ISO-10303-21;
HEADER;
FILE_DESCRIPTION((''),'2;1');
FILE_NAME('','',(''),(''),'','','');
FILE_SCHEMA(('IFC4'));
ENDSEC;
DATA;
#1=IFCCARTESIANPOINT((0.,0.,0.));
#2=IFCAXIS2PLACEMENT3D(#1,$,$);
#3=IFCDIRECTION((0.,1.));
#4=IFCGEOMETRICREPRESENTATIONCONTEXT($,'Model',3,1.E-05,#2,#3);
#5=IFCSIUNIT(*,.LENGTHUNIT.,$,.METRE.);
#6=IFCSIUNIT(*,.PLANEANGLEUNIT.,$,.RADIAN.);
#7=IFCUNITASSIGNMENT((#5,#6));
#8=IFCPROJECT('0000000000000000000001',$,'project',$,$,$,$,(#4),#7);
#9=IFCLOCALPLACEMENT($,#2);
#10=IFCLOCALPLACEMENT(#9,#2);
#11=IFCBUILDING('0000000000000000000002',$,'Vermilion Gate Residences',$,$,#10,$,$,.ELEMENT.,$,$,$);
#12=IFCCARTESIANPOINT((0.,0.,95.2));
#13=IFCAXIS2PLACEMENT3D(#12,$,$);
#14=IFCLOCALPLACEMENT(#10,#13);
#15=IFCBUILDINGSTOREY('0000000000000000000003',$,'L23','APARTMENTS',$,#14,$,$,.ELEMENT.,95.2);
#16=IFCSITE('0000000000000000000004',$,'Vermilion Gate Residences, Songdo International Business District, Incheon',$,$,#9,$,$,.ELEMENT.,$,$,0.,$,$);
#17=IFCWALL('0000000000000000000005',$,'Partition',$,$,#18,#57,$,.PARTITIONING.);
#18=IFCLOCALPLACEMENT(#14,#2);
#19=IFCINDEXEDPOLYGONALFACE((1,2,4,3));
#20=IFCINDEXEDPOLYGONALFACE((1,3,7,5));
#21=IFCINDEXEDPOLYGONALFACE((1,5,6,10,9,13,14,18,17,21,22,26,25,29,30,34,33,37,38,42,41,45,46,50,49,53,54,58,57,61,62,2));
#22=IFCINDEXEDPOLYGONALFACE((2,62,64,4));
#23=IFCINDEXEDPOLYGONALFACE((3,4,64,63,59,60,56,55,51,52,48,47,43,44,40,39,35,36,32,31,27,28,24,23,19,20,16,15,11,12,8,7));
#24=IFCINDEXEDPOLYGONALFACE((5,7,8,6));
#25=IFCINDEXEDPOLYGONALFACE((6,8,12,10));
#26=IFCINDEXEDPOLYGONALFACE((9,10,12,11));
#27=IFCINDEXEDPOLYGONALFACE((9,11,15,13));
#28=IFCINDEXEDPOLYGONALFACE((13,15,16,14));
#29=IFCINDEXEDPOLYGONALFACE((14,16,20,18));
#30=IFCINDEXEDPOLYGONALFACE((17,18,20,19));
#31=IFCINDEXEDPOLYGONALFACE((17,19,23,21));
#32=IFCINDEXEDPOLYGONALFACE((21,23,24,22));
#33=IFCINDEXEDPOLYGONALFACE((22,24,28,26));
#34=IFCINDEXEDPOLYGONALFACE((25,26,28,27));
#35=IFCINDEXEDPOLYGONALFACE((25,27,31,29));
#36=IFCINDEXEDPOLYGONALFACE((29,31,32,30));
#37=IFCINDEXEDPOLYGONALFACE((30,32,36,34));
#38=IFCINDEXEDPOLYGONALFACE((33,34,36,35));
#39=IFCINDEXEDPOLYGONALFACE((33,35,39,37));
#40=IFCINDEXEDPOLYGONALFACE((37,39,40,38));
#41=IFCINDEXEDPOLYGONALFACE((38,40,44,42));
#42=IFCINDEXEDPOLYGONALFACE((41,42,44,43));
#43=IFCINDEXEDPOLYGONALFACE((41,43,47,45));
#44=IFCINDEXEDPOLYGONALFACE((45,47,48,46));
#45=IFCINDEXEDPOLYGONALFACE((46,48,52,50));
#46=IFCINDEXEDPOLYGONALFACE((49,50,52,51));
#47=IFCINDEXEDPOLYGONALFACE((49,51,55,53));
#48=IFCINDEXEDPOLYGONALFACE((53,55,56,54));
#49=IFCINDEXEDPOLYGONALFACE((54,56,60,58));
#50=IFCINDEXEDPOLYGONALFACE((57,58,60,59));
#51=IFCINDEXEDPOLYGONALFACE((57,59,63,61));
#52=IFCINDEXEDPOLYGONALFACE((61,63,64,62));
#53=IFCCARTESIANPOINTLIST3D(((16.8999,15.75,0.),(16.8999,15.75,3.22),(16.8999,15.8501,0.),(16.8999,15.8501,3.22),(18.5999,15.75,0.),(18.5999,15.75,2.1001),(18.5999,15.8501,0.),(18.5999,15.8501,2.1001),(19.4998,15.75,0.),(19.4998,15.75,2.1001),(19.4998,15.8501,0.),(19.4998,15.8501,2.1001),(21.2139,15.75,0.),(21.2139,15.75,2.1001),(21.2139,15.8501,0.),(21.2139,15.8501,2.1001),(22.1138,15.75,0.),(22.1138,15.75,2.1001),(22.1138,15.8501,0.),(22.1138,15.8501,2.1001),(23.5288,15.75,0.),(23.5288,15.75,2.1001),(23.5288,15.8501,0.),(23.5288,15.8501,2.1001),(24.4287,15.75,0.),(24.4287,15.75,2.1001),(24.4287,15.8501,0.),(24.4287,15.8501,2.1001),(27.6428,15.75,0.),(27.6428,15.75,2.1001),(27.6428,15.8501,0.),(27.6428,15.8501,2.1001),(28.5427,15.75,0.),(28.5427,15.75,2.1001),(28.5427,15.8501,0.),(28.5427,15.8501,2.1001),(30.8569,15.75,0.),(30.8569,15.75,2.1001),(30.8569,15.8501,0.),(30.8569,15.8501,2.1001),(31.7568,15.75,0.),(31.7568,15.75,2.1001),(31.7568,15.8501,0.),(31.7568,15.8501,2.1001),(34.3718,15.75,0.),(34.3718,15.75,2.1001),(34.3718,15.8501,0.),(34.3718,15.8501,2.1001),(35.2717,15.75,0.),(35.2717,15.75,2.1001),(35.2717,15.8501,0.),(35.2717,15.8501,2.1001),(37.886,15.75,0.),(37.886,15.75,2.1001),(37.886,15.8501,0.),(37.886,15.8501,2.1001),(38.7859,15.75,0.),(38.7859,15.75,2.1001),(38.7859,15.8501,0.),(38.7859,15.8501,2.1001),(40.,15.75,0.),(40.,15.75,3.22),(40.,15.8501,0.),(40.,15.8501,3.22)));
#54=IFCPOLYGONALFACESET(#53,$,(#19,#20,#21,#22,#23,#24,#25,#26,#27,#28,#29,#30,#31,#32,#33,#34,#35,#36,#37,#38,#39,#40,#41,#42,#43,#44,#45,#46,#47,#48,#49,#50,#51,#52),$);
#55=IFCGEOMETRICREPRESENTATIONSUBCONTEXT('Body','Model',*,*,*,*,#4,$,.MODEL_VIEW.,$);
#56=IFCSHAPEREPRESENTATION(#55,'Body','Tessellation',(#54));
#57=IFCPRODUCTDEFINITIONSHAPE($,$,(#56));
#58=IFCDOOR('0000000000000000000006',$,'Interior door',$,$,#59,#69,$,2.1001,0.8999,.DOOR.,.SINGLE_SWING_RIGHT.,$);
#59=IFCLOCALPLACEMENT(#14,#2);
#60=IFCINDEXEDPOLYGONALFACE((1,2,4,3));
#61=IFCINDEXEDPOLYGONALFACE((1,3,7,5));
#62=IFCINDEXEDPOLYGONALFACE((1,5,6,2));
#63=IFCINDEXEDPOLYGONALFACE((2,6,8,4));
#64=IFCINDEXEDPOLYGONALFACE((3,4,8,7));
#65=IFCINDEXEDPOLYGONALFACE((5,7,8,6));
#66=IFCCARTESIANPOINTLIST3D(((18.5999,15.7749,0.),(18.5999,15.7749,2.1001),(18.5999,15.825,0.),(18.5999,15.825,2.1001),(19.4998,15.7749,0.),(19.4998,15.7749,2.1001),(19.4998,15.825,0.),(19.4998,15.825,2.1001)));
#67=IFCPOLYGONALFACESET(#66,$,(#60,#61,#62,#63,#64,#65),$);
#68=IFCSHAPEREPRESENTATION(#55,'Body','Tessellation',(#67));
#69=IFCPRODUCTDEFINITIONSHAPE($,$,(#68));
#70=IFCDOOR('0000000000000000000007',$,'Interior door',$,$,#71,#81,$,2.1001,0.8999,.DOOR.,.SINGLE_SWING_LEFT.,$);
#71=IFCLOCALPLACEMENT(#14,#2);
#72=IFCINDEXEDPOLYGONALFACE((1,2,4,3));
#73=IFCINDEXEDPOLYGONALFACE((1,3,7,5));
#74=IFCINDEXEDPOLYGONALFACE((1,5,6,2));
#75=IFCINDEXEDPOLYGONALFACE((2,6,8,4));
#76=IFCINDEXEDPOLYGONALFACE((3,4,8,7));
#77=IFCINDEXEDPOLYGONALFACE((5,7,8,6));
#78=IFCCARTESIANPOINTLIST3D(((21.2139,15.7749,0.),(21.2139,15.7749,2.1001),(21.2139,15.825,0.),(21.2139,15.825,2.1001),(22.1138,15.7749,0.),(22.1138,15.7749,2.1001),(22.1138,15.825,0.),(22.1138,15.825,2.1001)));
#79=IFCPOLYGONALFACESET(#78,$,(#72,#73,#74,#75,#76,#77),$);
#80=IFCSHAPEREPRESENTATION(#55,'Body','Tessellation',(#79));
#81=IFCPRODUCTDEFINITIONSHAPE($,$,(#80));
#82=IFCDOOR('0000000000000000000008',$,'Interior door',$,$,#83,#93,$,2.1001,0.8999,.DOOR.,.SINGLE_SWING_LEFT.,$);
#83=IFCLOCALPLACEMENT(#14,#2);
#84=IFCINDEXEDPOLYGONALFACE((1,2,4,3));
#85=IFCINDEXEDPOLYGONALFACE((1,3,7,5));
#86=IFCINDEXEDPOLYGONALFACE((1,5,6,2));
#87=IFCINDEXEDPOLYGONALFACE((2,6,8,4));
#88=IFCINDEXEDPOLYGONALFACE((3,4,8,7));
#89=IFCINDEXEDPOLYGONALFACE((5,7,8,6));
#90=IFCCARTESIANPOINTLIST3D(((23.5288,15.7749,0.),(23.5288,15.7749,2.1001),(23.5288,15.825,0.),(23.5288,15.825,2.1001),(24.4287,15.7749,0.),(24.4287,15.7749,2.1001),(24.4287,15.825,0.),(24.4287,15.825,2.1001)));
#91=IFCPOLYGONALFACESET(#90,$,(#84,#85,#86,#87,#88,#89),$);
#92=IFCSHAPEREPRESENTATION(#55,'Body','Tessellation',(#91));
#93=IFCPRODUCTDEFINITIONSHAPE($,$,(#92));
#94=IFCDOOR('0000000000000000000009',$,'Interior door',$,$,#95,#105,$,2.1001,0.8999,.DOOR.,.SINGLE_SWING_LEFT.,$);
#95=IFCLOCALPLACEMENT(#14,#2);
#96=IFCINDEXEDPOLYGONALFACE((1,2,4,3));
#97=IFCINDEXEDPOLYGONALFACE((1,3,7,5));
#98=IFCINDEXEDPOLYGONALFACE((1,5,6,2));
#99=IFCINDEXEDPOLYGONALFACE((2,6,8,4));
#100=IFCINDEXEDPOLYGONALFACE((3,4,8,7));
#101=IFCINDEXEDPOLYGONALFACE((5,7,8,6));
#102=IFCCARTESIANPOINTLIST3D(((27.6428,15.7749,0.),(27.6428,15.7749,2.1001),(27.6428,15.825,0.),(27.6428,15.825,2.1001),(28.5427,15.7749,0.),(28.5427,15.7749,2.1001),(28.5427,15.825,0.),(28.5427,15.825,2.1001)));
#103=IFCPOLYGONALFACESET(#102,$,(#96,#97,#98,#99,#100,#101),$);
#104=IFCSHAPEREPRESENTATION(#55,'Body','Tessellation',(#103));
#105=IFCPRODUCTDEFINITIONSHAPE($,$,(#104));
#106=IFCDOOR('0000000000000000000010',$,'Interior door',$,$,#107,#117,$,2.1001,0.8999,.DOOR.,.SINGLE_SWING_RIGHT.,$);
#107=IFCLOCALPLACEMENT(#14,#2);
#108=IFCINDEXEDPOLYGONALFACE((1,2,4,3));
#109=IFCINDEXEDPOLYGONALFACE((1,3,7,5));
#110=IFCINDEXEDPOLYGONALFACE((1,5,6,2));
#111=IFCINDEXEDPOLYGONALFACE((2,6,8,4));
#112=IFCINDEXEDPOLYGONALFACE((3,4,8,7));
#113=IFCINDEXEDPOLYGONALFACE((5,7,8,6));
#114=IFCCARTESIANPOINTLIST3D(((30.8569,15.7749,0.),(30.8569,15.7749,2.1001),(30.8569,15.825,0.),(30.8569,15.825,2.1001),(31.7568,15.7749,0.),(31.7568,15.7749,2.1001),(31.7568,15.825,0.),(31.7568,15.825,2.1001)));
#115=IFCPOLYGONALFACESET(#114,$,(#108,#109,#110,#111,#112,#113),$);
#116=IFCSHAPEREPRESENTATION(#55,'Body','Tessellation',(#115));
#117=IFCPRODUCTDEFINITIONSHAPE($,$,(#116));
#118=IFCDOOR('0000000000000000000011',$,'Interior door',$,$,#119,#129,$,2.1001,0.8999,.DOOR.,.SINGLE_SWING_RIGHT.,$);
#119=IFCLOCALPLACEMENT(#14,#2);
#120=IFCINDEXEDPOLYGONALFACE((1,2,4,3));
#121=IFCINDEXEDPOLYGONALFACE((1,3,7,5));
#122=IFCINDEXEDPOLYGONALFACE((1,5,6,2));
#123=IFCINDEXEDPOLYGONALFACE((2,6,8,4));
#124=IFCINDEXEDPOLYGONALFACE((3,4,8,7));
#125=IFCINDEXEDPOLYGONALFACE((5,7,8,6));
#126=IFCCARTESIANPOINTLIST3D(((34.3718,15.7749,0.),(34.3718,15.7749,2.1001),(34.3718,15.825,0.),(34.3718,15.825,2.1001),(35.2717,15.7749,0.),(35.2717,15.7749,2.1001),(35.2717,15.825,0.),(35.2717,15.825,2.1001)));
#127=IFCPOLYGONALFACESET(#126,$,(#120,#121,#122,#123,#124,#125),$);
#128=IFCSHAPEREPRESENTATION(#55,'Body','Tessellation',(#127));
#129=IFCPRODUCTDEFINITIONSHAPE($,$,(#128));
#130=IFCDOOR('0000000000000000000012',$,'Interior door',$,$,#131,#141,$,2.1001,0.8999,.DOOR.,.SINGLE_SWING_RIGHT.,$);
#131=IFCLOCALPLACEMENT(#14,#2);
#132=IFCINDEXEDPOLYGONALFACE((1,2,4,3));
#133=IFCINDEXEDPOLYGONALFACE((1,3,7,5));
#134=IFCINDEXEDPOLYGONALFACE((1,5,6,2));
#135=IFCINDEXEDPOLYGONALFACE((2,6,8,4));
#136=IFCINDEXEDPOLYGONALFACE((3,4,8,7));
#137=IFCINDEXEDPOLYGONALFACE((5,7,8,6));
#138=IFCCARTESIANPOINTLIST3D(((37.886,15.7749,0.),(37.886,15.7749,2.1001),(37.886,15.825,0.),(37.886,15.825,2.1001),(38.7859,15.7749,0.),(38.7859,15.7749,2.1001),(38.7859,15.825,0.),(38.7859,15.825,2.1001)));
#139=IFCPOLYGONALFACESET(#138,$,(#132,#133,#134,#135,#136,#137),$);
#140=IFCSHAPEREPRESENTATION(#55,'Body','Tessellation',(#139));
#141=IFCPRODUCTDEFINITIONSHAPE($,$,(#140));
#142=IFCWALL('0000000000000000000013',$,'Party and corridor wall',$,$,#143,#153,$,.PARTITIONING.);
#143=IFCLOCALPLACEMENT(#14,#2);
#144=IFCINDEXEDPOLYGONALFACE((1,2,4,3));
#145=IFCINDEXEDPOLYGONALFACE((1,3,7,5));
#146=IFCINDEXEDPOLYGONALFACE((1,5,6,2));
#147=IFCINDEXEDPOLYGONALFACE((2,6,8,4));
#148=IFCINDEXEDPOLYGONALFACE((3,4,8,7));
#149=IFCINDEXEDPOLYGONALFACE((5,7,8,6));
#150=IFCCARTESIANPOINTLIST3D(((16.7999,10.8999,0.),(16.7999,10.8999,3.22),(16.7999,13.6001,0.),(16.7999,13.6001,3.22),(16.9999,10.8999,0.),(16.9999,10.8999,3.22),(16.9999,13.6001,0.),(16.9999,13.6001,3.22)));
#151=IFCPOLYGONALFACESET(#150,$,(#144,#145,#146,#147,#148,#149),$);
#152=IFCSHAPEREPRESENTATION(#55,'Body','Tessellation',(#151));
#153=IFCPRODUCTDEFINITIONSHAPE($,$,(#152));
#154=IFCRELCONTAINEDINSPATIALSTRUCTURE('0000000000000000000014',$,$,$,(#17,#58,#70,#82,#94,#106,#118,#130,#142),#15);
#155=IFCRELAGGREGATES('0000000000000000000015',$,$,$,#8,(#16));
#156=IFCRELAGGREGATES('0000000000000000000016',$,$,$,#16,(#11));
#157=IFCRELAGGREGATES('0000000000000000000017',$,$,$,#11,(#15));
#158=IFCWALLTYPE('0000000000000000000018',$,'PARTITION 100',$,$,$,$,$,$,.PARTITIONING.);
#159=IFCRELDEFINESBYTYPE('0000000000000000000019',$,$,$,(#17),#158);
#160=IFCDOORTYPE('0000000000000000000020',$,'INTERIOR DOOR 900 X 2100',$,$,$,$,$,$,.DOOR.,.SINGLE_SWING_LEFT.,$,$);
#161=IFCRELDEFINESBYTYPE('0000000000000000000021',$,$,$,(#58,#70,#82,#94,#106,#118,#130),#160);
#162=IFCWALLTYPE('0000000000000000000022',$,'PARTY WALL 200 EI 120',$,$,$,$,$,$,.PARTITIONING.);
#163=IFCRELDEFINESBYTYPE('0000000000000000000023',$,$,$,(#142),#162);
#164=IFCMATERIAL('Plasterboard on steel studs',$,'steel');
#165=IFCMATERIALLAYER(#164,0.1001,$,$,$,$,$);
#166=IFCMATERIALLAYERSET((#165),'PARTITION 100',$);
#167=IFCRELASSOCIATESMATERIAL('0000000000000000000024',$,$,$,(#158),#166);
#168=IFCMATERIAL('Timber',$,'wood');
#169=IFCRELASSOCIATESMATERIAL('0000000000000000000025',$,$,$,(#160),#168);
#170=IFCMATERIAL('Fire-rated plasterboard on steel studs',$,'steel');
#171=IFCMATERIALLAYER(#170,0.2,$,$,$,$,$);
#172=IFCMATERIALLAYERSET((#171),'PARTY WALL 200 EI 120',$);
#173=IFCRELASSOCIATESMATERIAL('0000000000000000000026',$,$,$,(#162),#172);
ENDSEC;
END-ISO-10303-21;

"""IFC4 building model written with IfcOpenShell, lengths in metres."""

from ifc_helpers import new_model, si_unit, direction, frame, frame_2d, origin, place, context, subcontext, project, spatial, rectangle, extrude, material, layer, layer_set, type_object, element, fill, save


model = new_model("IFC4")

# Units and contexts
model_context = context("Model", 3, precision=1e-05, world=origin(), true_north=direction((0.0, 1.0)))
body_context = subcontext(model_context, "Body", "Model", "MODEL_VIEW")
ifc_project = project(units=[si_unit("LENGTHUNIT", "METRE"), si_unit("PLANEANGLEUNIT", "RADIAN")], contexts=[model_context])

# Site, building, storey
site_placement = place(None, origin())
site = spatial("IfcSite", under=ifc_project, at=site_placement, Name="Vermilion Gate Residences, Songdo International Business District, Incheon", CompositionType="ELEMENT", RefElevation=0.0)
building_placement = place(site_placement, origin())
building = spatial("IfcBuilding", under=site, at=building_placement, Name="Vermilion Gate Residences", CompositionType="ELEMENT")
storey_placement = place(building_placement, frame((0.0, 0.0, 95.2)))
storey = spatial("IfcBuildingStorey", under=building, at=storey_placement, Name="L23", Description="APARTMENTS", CompositionType="ELEMENT", Elevation=95.2)

# Wall, openings, doors
ifc_material_1 = material(Name="Plasterboard on steel studs", Category="steel")
ifc_layer_1 = layer(ifc_material_1, 0.1001)
ifc_layer_set_1 = layer_set([ifc_layer_1], Name="PARTITION 100")
wall_type_1 = type_object("IfcWallType", Name="PARTITION 100", PredefinedType="PARTITIONING", material=ifc_layer_set_1)
ifc_material_2 = material(Name="Timber", Category="wood")
door_type_1 = type_object("IfcDoorType", Name="INTERIOR DOOR 900 X 2100", OperationType="SINGLE_SWING_LEFT", PredefinedType="DOOR", material=ifc_material_2)
wall_1_placement = place(storey_placement, frame((16.8999, 15.8, 0.0), z_axis=(0.0, 0.0, 1.0), x_axis=(1.0, 0.0, 0.0)))
wall_1 = element("IfcWall", 1, at=wall_1_placement, inside=storey, type_object=wall_type_1, Name="Partition", PredefinedType="PARTITIONING", context=body_context, shape_type="SweptSolid", body=[
    extrude(rectangle(XDim=23.1001, YDim=0.1001, at=frame_2d((11.55, 0.0))), origin(), (0.0, 0.0, 1.0), 3.22),
])
opening_1_placement = place(wall_1_placement, frame((1.7, 0.0, 0.0)))
opening_1 = element("IfcOpeningElement", 2, at=opening_1_placement, cuts=wall_1, PredefinedType="OPENING", context=body_context, shape_type="SweptSolid", body=[
    extrude(rectangle(XDim=0.8999, YDim=2.1001, at=frame_2d((0.45, 1.05))), frame((0.0, 0.0601, 0.0), z_axis=(0.0, -1.0, 0.0), x_axis=(1.0, 0.0, 0.0)), (0.0, 0.0, 1.0), 0.1201),
])
opening_2_placement = place(wall_1_placement, frame((4.314, 0.0, 0.0)))
opening_2 = element("IfcOpeningElement", 3, at=opening_2_placement, cuts=wall_1, PredefinedType="OPENING", context=body_context, shape_type="SweptSolid", body=[
    extrude(rectangle(XDim=0.8999, YDim=2.1001, at=frame_2d((0.45, 1.05))), frame((0.0, 0.0601, 0.0), z_axis=(0.0, -1.0, 0.0), x_axis=(1.0, 0.0, 0.0)), (0.0, 0.0, 1.0), 0.1201),
])
opening_3_placement = place(wall_1_placement, frame((6.6289, 0.0, 0.0)))
opening_3 = element("IfcOpeningElement", 4, at=opening_3_placement, cuts=wall_1, PredefinedType="OPENING", context=body_context, shape_type="SweptSolid", body=[
    extrude(rectangle(XDim=0.8999, YDim=2.1001, at=frame_2d((0.45, 1.05))), frame((0.0, 0.0601, 0.0), z_axis=(0.0, -1.0, 0.0), x_axis=(1.0, 0.0, 0.0)), (0.0, 0.0, 1.0), 0.1201),
])
opening_4_placement = place(wall_1_placement, frame((10.7429, 0.0, 0.0)))
opening_4 = element("IfcOpeningElement", 5, at=opening_4_placement, cuts=wall_1, PredefinedType="OPENING", context=body_context, shape_type="SweptSolid", body=[
    extrude(rectangle(XDim=0.8999, YDim=2.1001, at=frame_2d((0.45, 1.05))), frame((0.0, 0.0601, 0.0), z_axis=(0.0, -1.0, 0.0), x_axis=(1.0, 0.0, 0.0)), (0.0, 0.0, 1.0), 0.1201),
])
opening_5_placement = place(wall_1_placement, frame((13.957, 0.0, 0.0)))
opening_5 = element("IfcOpeningElement", 6, at=opening_5_placement, cuts=wall_1, PredefinedType="OPENING", context=body_context, shape_type="SweptSolid", body=[
    extrude(rectangle(XDim=0.8999, YDim=2.1001, at=frame_2d((0.45, 1.05))), frame((0.0, 0.0601, 0.0), z_axis=(0.0, -1.0, 0.0), x_axis=(1.0, 0.0, 0.0)), (0.0, 0.0, 1.0), 0.1201),
])
opening_6_placement = place(wall_1_placement, frame((17.4719, 0.0, 0.0)))
opening_6 = element("IfcOpeningElement", 7, at=opening_6_placement, cuts=wall_1, PredefinedType="OPENING", context=body_context, shape_type="SweptSolid", body=[
    extrude(rectangle(XDim=0.8999, YDim=2.1001, at=frame_2d((0.45, 1.05))), frame((0.0, 0.0601, 0.0), z_axis=(0.0, -1.0, 0.0), x_axis=(1.0, 0.0, 0.0)), (0.0, 0.0, 1.0), 0.1201),
])
opening_7_placement = place(wall_1_placement, frame((20.9861, 0.0, 0.0)))
opening_7 = element("IfcOpeningElement", 8, at=opening_7_placement, cuts=wall_1, PredefinedType="OPENING", context=body_context, shape_type="SweptSolid", body=[
    extrude(rectangle(XDim=0.8999, YDim=2.1001, at=frame_2d((0.45, 1.05))), frame((0.0, 0.0601, 0.0), z_axis=(0.0, -1.0, 0.0), x_axis=(1.0, 0.0, 0.0)), (0.0, 0.0, 1.0), 0.1201),
])
door_1_placement = place(opening_1_placement, origin())
door_1 = element("IfcDoor", 9, at=door_1_placement, inside=storey, type_object=door_type_1, Name="Interior door", OperationType="SINGLE_SWING_RIGHT", OverallHeight=2.1001, OverallWidth=0.8999, PredefinedType="DOOR", context=body_context, shape_type="SweptSolid", body=[
    extrude(rectangle(XDim=0.8999, YDim=2.1001, at=frame_2d((0.45, 1.05))), frame((0.0, 0.0249, 0.0), z_axis=(0.0, -1.0, 0.0), x_axis=(1.0, 0.0, 0.0)), (0.0, 0.0, 1.0), 0.05),
])
fill(opening_1, door_1)
door_2_placement = place(opening_2_placement, origin())
door_2 = element("IfcDoor", 10, at=door_2_placement, inside=storey, type_object=door_type_1, Name="Interior door", OperationType="SINGLE_SWING_LEFT", OverallHeight=2.1001, OverallWidth=0.8999, PredefinedType="DOOR", context=body_context, shape_type="SweptSolid", body=[
    extrude(rectangle(XDim=0.8999, YDim=2.1001, at=frame_2d((0.45, 1.05))), frame((0.0, 0.0249, 0.0), z_axis=(0.0, -1.0, 0.0), x_axis=(1.0, 0.0, 0.0)), (0.0, 0.0, 1.0), 0.05),
])
fill(opening_2, door_2)
door_3_placement = place(opening_3_placement, origin())
door_3 = element("IfcDoor", 11, at=door_3_placement, inside=storey, type_object=door_type_1, Name="Interior door", OperationType="SINGLE_SWING_LEFT", OverallHeight=2.1001, OverallWidth=0.8999, PredefinedType="DOOR", context=body_context, shape_type="SweptSolid", body=[
    extrude(rectangle(XDim=0.8999, YDim=2.1001, at=frame_2d((0.45, 1.05))), frame((0.0, 0.0249, 0.0), z_axis=(0.0, -1.0, 0.0), x_axis=(1.0, 0.0, 0.0)), (0.0, 0.0, 1.0), 0.05),
])
fill(opening_3, door_3)
door_4_placement = place(opening_4_placement, origin())
door_4 = element("IfcDoor", 12, at=door_4_placement, inside=storey, type_object=door_type_1, Name="Interior door", OperationType="SINGLE_SWING_LEFT", OverallHeight=2.1001, OverallWidth=0.8999, PredefinedType="DOOR", context=body_context, shape_type="SweptSolid", body=[
    extrude(rectangle(XDim=0.8999, YDim=2.1001, at=frame_2d((0.45, 1.05))), frame((0.0, 0.0249, 0.0), z_axis=(0.0, -1.0, 0.0), x_axis=(1.0, 0.0, 0.0)), (0.0, 0.0, 1.0), 0.05),
])
fill(opening_4, door_4)
door_5_placement = place(opening_5_placement, origin())
door_5 = element("IfcDoor", 13, at=door_5_placement, inside=storey, type_object=door_type_1, Name="Interior door", OperationType="SINGLE_SWING_RIGHT", OverallHeight=2.1001, OverallWidth=0.8999, PredefinedType="DOOR", context=body_context, shape_type="SweptSolid", body=[
    extrude(rectangle(XDim=0.8999, YDim=2.1001, at=frame_2d((0.45, 1.05))), frame((0.0, 0.0249, 0.0), z_axis=(0.0, -1.0, 0.0), x_axis=(1.0, 0.0, 0.0)), (0.0, 0.0, 1.0), 0.05),
])
fill(opening_5, door_5)
door_6_placement = place(opening_6_placement, origin())
door_6 = element("IfcDoor", 14, at=door_6_placement, inside=storey, type_object=door_type_1, Name="Interior door", OperationType="SINGLE_SWING_RIGHT", OverallHeight=2.1001, OverallWidth=0.8999, PredefinedType="DOOR", context=body_context, shape_type="SweptSolid", body=[
    extrude(rectangle(XDim=0.8999, YDim=2.1001, at=frame_2d((0.45, 1.05))), frame((0.0, 0.0249, 0.0), z_axis=(0.0, -1.0, 0.0), x_axis=(1.0, 0.0, 0.0)), (0.0, 0.0, 1.0), 0.05),
])
fill(opening_6, door_6)
door_7_placement = place(opening_7_placement, origin())
door_7 = element("IfcDoor", 15, at=door_7_placement, inside=storey, type_object=door_type_1, Name="Interior door", OperationType="SINGLE_SWING_RIGHT", OverallHeight=2.1001, OverallWidth=0.8999, PredefinedType="DOOR", context=body_context, shape_type="SweptSolid", body=[
    extrude(rectangle(XDim=0.8999, YDim=2.1001, at=frame_2d((0.45, 1.05))), frame((0.0, 0.0249, 0.0), z_axis=(0.0, -1.0, 0.0), x_axis=(1.0, 0.0, 0.0)), (0.0, 0.0, 1.0), 0.05),
])
fill(opening_7, door_7)

# Wall
ifc_material_3 = material(Name="Fire-rated plasterboard on steel studs", Category="steel")
ifc_layer_2 = layer(ifc_material_3, 0.2)
ifc_layer_set_2 = layer_set([ifc_layer_2], Name="PARTY WALL 200 EI 120")
wall_type_2 = type_object("IfcWallType", Name="PARTY WALL 200 EI 120", PredefinedType="PARTITIONING", material=ifc_layer_set_2)
wall_2_placement = place(storey_placement, frame((16.8999, 10.8999, 0.0), z_axis=(0.0, 0.0, 1.0), x_axis=(0.0, 1.0, 0.0)))
element("IfcWall", 16, at=wall_2_placement, inside=storey, type_object=wall_type_2, Name="Party and corridor wall", PredefinedType="PARTITIONING", context=body_context, shape_type="SweptSolid", body=[
    extrude(rectangle(XDim=2.7002, YDim=0.2, at=frame_2d((1.3501, 0.0))), origin(), (0.0, 0.0, 1.0), 3.22),
])

save(model, "model.ifc")
